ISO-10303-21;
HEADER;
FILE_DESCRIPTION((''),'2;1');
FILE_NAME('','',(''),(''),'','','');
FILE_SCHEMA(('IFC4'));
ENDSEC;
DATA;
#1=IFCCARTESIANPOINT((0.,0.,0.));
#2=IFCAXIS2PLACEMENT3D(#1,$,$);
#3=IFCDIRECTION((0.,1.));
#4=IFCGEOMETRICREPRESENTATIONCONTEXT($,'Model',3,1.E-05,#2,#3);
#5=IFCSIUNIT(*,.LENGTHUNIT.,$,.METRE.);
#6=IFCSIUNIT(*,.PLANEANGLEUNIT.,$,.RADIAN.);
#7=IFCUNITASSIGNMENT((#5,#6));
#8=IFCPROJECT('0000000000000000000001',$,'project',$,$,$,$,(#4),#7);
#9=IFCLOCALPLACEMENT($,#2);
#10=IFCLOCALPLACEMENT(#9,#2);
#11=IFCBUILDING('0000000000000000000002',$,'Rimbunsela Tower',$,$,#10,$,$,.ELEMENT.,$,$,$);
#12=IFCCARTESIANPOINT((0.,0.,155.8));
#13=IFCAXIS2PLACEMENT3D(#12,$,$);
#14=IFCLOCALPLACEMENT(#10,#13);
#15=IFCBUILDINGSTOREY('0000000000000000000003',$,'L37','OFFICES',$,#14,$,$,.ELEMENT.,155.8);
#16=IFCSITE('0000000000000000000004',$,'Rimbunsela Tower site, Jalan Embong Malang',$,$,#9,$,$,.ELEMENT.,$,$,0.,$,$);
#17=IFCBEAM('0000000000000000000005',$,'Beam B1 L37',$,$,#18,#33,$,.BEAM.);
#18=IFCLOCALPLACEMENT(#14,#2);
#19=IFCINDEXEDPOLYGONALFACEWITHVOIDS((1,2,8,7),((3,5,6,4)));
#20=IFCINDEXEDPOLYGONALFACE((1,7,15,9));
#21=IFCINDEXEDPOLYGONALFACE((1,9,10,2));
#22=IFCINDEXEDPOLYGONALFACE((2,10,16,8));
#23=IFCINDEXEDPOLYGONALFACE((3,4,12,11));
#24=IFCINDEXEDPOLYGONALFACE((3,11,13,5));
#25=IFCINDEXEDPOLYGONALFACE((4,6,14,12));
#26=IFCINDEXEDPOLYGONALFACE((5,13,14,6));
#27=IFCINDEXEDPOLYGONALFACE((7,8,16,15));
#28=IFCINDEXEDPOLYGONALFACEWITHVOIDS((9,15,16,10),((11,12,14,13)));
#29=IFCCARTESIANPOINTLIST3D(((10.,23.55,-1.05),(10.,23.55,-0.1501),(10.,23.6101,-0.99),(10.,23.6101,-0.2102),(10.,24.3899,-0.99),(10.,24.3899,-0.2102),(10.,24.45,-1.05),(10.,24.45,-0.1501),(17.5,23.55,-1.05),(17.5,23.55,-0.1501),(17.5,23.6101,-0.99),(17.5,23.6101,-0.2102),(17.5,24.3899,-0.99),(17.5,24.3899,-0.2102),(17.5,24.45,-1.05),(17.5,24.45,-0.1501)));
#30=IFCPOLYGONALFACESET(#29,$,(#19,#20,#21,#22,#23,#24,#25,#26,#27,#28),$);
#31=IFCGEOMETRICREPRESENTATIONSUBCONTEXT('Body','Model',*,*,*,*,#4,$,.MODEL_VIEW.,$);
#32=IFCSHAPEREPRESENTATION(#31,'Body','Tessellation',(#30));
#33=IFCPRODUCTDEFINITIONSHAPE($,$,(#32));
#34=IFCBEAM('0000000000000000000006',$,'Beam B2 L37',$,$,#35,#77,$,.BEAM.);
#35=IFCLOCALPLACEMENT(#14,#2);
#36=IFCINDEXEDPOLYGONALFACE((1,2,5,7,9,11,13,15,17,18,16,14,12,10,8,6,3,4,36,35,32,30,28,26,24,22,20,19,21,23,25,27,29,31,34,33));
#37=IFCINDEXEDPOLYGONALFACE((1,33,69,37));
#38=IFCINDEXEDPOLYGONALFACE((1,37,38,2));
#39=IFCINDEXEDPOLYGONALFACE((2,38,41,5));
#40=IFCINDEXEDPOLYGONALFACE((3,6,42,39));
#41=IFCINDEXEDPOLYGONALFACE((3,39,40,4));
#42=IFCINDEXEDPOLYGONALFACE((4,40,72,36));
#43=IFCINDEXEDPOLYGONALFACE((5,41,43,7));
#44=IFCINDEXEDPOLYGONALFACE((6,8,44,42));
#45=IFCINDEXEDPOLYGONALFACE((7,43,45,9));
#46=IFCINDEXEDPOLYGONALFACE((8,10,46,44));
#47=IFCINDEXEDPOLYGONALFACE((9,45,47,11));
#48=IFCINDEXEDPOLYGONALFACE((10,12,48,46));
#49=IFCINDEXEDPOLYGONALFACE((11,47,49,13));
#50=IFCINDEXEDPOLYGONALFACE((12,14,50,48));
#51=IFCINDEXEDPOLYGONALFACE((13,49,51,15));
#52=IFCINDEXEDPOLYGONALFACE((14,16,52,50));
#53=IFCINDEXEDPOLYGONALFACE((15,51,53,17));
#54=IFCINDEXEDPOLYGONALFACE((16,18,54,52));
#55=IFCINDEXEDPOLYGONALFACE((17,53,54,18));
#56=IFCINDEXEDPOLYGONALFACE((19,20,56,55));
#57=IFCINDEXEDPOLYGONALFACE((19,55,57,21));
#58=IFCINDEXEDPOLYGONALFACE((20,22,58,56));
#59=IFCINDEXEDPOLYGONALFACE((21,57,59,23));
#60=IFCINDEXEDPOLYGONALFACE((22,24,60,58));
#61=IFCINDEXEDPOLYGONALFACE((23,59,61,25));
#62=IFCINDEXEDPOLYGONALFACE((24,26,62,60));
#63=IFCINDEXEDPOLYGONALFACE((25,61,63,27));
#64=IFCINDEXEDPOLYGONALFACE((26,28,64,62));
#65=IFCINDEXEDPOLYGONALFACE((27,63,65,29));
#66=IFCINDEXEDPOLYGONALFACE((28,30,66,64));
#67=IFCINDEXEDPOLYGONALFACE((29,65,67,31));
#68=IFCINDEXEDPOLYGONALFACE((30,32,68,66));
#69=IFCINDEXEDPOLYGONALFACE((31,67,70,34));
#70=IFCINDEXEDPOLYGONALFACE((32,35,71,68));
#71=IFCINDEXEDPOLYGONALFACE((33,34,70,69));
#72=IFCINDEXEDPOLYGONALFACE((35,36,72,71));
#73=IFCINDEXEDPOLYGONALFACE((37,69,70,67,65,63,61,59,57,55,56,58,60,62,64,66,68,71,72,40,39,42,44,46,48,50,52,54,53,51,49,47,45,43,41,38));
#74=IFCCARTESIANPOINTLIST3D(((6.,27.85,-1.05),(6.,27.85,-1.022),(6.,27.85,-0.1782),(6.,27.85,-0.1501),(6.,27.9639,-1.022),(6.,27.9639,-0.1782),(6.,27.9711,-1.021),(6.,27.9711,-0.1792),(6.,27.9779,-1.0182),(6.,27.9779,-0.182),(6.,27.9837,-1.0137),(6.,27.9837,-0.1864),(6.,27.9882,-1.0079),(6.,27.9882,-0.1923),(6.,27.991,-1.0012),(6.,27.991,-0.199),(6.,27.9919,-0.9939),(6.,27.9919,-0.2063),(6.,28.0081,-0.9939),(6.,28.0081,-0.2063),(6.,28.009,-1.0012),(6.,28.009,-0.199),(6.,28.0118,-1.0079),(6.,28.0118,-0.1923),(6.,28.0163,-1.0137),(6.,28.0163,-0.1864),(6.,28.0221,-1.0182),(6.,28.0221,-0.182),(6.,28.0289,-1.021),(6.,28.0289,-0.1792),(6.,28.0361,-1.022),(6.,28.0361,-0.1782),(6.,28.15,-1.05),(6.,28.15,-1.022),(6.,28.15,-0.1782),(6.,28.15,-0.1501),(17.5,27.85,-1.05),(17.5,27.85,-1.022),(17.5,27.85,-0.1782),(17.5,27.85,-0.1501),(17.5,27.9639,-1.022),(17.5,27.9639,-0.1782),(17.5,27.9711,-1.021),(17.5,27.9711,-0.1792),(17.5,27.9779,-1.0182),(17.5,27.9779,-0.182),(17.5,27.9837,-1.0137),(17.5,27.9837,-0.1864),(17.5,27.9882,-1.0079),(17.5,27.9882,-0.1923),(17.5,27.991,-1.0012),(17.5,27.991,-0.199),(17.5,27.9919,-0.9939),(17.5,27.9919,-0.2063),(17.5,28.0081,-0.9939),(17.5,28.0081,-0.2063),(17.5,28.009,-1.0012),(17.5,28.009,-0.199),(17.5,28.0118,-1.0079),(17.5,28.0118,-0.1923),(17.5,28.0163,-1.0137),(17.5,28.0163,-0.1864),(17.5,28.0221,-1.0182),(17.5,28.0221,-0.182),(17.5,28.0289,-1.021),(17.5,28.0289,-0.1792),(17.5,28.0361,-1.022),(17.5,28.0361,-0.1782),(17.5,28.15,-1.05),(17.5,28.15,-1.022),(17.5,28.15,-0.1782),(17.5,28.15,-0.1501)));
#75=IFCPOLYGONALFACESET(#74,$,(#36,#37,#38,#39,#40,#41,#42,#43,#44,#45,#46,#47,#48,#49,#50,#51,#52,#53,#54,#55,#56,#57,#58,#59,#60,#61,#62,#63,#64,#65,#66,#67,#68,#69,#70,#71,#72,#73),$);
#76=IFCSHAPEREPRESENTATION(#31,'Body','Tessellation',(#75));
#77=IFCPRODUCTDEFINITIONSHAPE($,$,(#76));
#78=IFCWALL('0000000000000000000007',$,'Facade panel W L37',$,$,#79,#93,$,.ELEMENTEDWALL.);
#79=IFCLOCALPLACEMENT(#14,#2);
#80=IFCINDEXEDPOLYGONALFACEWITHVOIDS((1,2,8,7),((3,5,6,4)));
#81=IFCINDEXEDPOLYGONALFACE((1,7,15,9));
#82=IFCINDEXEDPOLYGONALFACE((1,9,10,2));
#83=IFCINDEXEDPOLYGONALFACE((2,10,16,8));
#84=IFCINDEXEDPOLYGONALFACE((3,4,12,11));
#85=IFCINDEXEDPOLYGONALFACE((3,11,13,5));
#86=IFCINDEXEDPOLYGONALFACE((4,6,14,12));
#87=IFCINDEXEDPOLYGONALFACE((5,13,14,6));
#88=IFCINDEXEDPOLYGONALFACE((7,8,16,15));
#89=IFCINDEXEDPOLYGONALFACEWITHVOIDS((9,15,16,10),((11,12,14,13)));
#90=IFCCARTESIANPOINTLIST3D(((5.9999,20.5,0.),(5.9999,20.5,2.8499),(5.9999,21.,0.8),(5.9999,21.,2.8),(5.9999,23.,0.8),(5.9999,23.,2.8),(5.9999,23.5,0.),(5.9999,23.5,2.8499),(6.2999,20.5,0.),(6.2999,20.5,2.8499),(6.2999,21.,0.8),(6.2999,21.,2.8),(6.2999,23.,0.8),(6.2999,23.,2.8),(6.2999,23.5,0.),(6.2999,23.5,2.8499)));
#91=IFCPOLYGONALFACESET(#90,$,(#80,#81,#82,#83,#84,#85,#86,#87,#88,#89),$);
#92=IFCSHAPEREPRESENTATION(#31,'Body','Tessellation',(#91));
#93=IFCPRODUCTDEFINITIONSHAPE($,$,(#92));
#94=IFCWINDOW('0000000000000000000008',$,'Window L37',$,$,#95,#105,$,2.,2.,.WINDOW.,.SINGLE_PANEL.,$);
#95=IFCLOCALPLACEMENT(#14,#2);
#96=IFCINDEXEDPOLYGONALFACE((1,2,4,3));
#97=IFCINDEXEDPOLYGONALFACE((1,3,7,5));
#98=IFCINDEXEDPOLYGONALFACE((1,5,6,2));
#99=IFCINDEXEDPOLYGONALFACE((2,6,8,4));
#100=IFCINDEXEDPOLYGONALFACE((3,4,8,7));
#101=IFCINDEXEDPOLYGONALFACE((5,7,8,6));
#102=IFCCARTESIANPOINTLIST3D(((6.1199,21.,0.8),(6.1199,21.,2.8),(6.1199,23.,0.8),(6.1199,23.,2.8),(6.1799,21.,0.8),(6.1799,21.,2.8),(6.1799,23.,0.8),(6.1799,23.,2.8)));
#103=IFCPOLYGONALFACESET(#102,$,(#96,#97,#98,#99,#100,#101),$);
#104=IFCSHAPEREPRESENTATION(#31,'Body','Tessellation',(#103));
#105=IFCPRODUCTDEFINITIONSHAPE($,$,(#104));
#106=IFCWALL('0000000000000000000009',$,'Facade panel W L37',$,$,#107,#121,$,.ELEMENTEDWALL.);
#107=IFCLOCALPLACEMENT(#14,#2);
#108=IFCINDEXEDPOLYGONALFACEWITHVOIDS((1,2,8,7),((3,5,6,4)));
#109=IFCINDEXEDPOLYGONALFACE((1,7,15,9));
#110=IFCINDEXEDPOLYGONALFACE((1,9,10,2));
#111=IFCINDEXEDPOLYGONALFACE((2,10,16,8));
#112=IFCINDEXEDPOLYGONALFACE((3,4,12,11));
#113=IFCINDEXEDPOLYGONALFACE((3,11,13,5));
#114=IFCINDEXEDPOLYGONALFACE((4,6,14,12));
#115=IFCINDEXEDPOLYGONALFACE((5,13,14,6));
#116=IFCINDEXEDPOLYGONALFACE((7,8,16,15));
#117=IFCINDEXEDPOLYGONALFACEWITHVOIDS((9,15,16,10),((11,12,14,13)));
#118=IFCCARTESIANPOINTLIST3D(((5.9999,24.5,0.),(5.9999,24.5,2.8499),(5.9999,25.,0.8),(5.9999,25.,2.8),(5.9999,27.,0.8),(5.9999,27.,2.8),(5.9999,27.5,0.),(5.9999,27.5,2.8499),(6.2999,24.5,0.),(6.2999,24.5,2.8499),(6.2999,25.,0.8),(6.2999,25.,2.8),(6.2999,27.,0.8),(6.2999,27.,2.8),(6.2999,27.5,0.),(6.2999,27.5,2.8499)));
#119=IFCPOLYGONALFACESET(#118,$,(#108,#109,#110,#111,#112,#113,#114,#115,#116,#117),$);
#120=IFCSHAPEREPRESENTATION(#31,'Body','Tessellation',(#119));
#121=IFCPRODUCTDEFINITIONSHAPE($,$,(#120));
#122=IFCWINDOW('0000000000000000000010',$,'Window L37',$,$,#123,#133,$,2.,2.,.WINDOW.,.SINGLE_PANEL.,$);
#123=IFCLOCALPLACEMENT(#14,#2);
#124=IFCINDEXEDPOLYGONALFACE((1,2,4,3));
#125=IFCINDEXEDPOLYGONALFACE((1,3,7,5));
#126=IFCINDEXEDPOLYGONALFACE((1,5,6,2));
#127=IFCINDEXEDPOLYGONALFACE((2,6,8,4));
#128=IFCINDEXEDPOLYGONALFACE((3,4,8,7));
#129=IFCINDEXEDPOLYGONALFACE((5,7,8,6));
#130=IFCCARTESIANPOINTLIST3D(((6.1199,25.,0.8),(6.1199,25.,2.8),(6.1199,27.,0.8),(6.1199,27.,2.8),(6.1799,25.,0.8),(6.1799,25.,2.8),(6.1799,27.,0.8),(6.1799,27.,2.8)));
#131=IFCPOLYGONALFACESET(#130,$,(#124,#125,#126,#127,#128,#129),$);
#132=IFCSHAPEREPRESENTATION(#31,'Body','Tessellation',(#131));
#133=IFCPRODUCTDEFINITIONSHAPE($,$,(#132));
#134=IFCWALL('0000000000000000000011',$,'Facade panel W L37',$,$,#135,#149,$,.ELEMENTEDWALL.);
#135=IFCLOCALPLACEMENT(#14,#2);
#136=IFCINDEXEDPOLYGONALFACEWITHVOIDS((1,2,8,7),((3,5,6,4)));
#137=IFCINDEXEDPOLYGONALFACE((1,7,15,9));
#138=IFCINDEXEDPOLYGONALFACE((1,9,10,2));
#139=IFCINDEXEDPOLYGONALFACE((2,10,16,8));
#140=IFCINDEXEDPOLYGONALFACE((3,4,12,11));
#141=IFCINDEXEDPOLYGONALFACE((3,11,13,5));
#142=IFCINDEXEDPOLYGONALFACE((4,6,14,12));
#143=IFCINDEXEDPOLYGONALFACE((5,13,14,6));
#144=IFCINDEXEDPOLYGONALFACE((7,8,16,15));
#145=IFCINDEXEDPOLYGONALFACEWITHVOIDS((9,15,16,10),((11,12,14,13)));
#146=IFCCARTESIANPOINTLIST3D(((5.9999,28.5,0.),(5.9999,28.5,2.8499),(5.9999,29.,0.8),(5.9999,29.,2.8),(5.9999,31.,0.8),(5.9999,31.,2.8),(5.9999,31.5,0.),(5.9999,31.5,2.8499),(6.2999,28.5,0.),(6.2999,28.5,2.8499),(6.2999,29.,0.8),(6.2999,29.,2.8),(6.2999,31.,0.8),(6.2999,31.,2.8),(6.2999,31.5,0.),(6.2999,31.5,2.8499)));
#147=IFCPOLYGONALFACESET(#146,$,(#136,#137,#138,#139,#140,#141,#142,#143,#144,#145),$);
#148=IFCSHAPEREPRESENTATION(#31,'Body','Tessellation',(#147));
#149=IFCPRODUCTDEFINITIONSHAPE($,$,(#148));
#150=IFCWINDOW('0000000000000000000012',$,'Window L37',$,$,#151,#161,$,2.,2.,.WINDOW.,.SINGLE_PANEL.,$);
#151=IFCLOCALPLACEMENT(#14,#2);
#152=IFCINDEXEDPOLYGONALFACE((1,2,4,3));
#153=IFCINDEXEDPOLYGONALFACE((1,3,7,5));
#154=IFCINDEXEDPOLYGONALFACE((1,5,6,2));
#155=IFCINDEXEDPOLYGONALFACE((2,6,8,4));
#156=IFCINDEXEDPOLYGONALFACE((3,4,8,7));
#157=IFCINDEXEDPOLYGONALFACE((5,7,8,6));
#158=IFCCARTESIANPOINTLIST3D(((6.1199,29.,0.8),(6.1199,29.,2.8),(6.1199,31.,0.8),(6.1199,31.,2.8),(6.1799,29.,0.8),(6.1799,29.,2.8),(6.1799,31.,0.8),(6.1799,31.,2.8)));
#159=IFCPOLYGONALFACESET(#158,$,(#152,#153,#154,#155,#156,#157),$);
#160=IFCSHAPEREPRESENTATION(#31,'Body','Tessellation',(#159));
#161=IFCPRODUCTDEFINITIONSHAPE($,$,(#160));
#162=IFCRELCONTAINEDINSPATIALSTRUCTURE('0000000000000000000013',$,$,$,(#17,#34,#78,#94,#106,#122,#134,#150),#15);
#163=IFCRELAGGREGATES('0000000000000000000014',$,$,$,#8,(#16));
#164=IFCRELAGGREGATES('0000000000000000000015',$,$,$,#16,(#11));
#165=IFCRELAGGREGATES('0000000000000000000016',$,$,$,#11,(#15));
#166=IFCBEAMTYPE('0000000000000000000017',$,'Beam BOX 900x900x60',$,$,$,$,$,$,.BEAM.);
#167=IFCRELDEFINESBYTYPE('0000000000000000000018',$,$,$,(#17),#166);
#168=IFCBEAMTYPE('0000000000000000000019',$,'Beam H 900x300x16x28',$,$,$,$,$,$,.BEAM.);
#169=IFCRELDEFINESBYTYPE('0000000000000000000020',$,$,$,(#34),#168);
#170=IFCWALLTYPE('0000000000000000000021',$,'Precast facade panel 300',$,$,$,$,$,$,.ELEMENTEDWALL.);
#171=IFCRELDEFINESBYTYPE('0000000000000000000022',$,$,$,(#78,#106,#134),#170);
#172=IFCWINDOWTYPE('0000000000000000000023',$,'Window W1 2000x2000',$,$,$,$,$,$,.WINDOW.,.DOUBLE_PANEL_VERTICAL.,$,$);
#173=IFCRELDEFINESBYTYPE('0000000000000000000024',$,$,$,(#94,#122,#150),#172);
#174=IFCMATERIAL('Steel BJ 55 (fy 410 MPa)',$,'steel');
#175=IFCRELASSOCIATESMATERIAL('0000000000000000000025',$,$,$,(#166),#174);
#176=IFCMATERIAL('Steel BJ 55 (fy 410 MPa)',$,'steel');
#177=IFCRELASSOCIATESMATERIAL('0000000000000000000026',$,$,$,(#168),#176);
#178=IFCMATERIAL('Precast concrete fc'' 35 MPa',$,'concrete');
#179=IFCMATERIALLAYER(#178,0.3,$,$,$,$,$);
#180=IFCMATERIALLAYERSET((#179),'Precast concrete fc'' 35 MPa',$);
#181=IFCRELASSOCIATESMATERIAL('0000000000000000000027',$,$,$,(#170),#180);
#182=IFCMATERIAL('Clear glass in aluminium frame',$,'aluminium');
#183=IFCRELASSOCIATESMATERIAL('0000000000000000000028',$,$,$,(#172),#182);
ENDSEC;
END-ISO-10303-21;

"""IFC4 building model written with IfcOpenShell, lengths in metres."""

from ifc_helpers import new_model, si_unit, direction, frame, frame_2d, origin, origin_2d, place, context, subcontext, project, spatial, rectangle, hollow_rectangle, i_section, extrude, material, layer, layer_set, material_profile, profile_set, type_object, element, fill, save


model = new_model("IFC4")

# Units and contexts
model_context = context("Model", 3, precision=1e-05, world=origin(), true_north=direction((0.0, 1.0)))
body_context = subcontext(model_context, "Body", "Model", "MODEL_VIEW")
ifc_project = project(units=[si_unit("LENGTHUNIT", "METRE"), si_unit("PLANEANGLEUNIT", "RADIAN")], contexts=[model_context])

# Site, building, storey
site_placement = place(None, origin())
site = spatial("IfcSite", under=ifc_project, at=site_placement, Name="Rimbunsela Tower site, Jalan Embong Malang", CompositionType="ELEMENT", RefElevation=0.0)
building_placement = place(site_placement, origin())
building = spatial("IfcBuilding", under=site, at=building_placement, Name="Rimbunsela Tower", CompositionType="ELEMENT")
storey_placement = place(building_placement, frame((0.0, 0.0, 155.8)))
storey = spatial("IfcBuildingStorey", under=building, at=storey_placement, Name="L37", Description="OFFICES", CompositionType="ELEMENT", Elevation=155.8)

# Beams
ifc_material_1 = material(Name="Steel BJ 55 (fy 410 MPa)", Category="steel")
ifc_material_profile_1 = material_profile(ifc_material_1, hollow_rectangle(XDim=0.8999, YDim=0.8999, WallThickness=0.0601, at=origin_2d()), Name="BOX 900x900x60")
ifc_profile_set_1 = profile_set([ifc_material_profile_1], Name="Steel BJ 55 (fy 410 MPa)")
beam_type_1 = type_object("IfcBeamType", Name="Beam BOX 900x900x60", PredefinedType="BEAM", material=ifc_profile_set_1)
beam_1_placement = place(storey_placement, frame((10.0, 24.0, -0.6001), z_axis=(1.0, 0.0, 0.0), x_axis=(0.0, 1.0, 0.0)))
element("IfcBeam", 1, at=beam_1_placement, inside=storey, type_object=beam_type_1, Name="Beam B1 L37", PredefinedType="BEAM", context=body_context, shape_type="SweptSolid", body=[
    extrude(hollow_rectangle(XDim=0.8999, YDim=0.8999, WallThickness=0.0601, at=origin_2d()), origin(), (0.0, 0.0, 1.0), 7.5),
])
ifc_material_2 = material(Name="Steel BJ 55 (fy 410 MPa)", Category="steel")
ifc_material_profile_2 = material_profile(ifc_material_2, i_section(OverallWidth=0.3, OverallDepth=0.8999, WebThickness=0.0161, FlangeThickness=0.0281, FilletRadius=0.0281, at=origin_2d()), Name="H 900x300x16x28")
ifc_profile_set_2 = profile_set([ifc_material_profile_2], Name="Steel BJ 55 (fy 410 MPa)")
beam_type_2 = type_object("IfcBeamType", Name="Beam H 900x300x16x28", PredefinedType="BEAM", material=ifc_profile_set_2)
beam_2_placement = place(storey_placement, frame((6.0, 28.0, -0.6001), z_axis=(1.0, 0.0, 0.0), x_axis=(0.0, 1.0, 0.0)))
element("IfcBeam", 2, at=beam_2_placement, inside=storey, type_object=beam_type_2, Name="Beam B2 L37", PredefinedType="BEAM", context=body_context, shape_type="SweptSolid", body=[
    extrude(i_section(OverallWidth=0.3, OverallDepth=0.8999, WebThickness=0.0161, FlangeThickness=0.0281, FilletRadius=0.0281, at=origin_2d()), origin(), (0.0, 0.0, 1.0), 11.5),
])

# Walls, openings, windows
ifc_material_3 = material(Name="Precast concrete fc' 35 MPa", Category="concrete")
ifc_layer_1 = layer(ifc_material_3, 0.3)
ifc_layer_set_1 = layer_set([ifc_layer_1], Name="Precast concrete fc' 35 MPa")
wall_type = type_object("IfcWallType", Name="Precast facade panel 300", PredefinedType="ELEMENTEDWALL", material=ifc_layer_set_1)
wall_1_placement = place(storey_placement, frame((6.1499, 23.5, 0.0), z_axis=(0.0, 0.0, 1.0), x_axis=(0.0, -1.0, 0.0)))
wall_1 = element("IfcWall", 3, at=wall_1_placement, inside=storey, type_object=wall_type, Name="Facade panel W L37", PredefinedType="ELEMENTEDWALL", context=body_context, shape_type="SweptSolid", body=[
    extrude(rectangle(XDim=3.0, YDim=0.3, at=frame_2d((1.5, 0.0))), origin(), (0.0, 0.0, 1.0), 2.8499),
])
opening_1_placement = place(wall_1_placement, frame((0.5, 0.0, 0.8)))
opening_1 = element("IfcOpeningElement", 4, at=opening_1_placement, cuts=wall_1, PredefinedType="OPENING", context=body_context, shape_type="SweptSolid", body=[
    extrude(rectangle(XDim=2.0, YDim=2.0, at=frame_2d((1.0, 1.0))), frame((0.0, 0.1599, 0.0), z_axis=(0.0, -1.0, 0.0), x_axis=(1.0, 0.0, 0.0)), (0.0, 0.0, 1.0), 0.3201),
])
ifc_material_4 = material(Name="Clear glass in aluminium frame", Category="aluminium")
window_type = type_object("IfcWindowType", Name="Window W1 2000x2000", PartitioningType="DOUBLE_PANEL_VERTICAL", PredefinedType="WINDOW", material=ifc_material_4)
window_1_placement = place(opening_1_placement, origin())
window_1 = element("IfcWindow", 5, at=window_1_placement, inside=storey, type_object=window_type, Name="Window L37", OverallHeight=2.0, OverallWidth=2.0, PartitioningType="SINGLE_PANEL", PredefinedType="WINDOW", context=body_context, shape_type="SweptSolid", body=[
    extrude(rectangle(XDim=2.0, YDim=2.0, at=frame_2d((1.0, 1.0))), frame((0.0, 0.03, 0.0), z_axis=(0.0, -1.0, 0.0), x_axis=(1.0, 0.0, 0.0)), (0.0, 0.0, 1.0), 0.0601),
])
fill(opening_1, window_1)
wall_2_placement = place(storey_placement, frame((6.1499, 27.5, 0.0), z_axis=(0.0, 0.0, 1.0), x_axis=(0.0, -1.0, 0.0)))
wall_2 = element("IfcWall", 6, at=wall_2_placement, inside=storey, type_object=wall_type, Name="Facade panel W L37", PredefinedType="ELEMENTEDWALL", context=body_context, shape_type="SweptSolid", body=[
    extrude(rectangle(XDim=3.0, YDim=0.3, at=frame_2d((1.5, 0.0))), origin(), (0.0, 0.0, 1.0), 2.8499),
])
opening_2_placement = place(wall_2_placement, frame((0.5, 0.0, 0.8)))
opening_2 = element("IfcOpeningElement", 7, at=opening_2_placement, cuts=wall_2, PredefinedType="OPENING", context=body_context, shape_type="SweptSolid", body=[
    extrude(rectangle(XDim=2.0, YDim=2.0, at=frame_2d((1.0, 1.0))), frame((0.0, 0.1599, 0.0), z_axis=(0.0, -1.0, 0.0), x_axis=(1.0, 0.0, 0.0)), (0.0, 0.0, 1.0), 0.3201),
])
window_2_placement = place(opening_2_placement, origin())
window_2 = element("IfcWindow", 8, at=window_2_placement, inside=storey, type_object=window_type, Name="Window L37", OverallHeight=2.0, OverallWidth=2.0, PartitioningType="SINGLE_PANEL", PredefinedType="WINDOW", context=body_context, shape_type="SweptSolid", body=[
    extrude(rectangle(XDim=2.0, YDim=2.0, at=frame_2d((1.0, 1.0))), frame((0.0, 0.03, 0.0), z_axis=(0.0, -1.0, 0.0), x_axis=(1.0, 0.0, 0.0)), (0.0, 0.0, 1.0), 0.0601),
])
fill(opening_2, window_2)
wall_3_placement = place(storey_placement, frame((6.1499, 31.5, 0.0), z_axis=(0.0, 0.0, 1.0), x_axis=(0.0, -1.0, 0.0)))
wall_3 = element("IfcWall", 9, at=wall_3_placement, inside=storey, type_object=wall_type, Name="Facade panel W L37", PredefinedType="ELEMENTEDWALL", context=body_context, shape_type="SweptSolid", body=[
    extrude(rectangle(XDim=3.0, YDim=0.3, at=frame_2d((1.5, 0.0))), origin(), (0.0, 0.0, 1.0), 2.8499),
])
opening_3_placement = place(wall_3_placement, frame((0.5, 0.0, 0.8)))
opening_3 = element("IfcOpeningElement", 10, at=opening_3_placement, cuts=wall_3, PredefinedType="OPENING", context=body_context, shape_type="SweptSolid", body=[
    extrude(rectangle(XDim=2.0, YDim=2.0, at=frame_2d((1.0, 1.0))), frame((0.0, 0.1599, 0.0), z_axis=(0.0, -1.0, 0.0), x_axis=(1.0, 0.0, 0.0)), (0.0, 0.0, 1.0), 0.3201),
])
window_3_placement = place(opening_3_placement, origin())
window_3 = element("IfcWindow", 11, at=window_3_placement, inside=storey, type_object=window_type, Name="Window L37", OverallHeight=2.0, OverallWidth=2.0, PartitioningType="SINGLE_PANEL", PredefinedType="WINDOW", context=body_context, shape_type="SweptSolid", body=[
    extrude(rectangle(XDim=2.0, YDim=2.0, at=frame_2d((1.0, 1.0))), frame((0.0, 0.03, 0.0), z_axis=(0.0, -1.0, 0.0), x_axis=(1.0, 0.0, 0.0)), (0.0, 0.0, 1.0), 0.0601),
])
fill(opening_3, window_3)

save(model, "model.ifc")
